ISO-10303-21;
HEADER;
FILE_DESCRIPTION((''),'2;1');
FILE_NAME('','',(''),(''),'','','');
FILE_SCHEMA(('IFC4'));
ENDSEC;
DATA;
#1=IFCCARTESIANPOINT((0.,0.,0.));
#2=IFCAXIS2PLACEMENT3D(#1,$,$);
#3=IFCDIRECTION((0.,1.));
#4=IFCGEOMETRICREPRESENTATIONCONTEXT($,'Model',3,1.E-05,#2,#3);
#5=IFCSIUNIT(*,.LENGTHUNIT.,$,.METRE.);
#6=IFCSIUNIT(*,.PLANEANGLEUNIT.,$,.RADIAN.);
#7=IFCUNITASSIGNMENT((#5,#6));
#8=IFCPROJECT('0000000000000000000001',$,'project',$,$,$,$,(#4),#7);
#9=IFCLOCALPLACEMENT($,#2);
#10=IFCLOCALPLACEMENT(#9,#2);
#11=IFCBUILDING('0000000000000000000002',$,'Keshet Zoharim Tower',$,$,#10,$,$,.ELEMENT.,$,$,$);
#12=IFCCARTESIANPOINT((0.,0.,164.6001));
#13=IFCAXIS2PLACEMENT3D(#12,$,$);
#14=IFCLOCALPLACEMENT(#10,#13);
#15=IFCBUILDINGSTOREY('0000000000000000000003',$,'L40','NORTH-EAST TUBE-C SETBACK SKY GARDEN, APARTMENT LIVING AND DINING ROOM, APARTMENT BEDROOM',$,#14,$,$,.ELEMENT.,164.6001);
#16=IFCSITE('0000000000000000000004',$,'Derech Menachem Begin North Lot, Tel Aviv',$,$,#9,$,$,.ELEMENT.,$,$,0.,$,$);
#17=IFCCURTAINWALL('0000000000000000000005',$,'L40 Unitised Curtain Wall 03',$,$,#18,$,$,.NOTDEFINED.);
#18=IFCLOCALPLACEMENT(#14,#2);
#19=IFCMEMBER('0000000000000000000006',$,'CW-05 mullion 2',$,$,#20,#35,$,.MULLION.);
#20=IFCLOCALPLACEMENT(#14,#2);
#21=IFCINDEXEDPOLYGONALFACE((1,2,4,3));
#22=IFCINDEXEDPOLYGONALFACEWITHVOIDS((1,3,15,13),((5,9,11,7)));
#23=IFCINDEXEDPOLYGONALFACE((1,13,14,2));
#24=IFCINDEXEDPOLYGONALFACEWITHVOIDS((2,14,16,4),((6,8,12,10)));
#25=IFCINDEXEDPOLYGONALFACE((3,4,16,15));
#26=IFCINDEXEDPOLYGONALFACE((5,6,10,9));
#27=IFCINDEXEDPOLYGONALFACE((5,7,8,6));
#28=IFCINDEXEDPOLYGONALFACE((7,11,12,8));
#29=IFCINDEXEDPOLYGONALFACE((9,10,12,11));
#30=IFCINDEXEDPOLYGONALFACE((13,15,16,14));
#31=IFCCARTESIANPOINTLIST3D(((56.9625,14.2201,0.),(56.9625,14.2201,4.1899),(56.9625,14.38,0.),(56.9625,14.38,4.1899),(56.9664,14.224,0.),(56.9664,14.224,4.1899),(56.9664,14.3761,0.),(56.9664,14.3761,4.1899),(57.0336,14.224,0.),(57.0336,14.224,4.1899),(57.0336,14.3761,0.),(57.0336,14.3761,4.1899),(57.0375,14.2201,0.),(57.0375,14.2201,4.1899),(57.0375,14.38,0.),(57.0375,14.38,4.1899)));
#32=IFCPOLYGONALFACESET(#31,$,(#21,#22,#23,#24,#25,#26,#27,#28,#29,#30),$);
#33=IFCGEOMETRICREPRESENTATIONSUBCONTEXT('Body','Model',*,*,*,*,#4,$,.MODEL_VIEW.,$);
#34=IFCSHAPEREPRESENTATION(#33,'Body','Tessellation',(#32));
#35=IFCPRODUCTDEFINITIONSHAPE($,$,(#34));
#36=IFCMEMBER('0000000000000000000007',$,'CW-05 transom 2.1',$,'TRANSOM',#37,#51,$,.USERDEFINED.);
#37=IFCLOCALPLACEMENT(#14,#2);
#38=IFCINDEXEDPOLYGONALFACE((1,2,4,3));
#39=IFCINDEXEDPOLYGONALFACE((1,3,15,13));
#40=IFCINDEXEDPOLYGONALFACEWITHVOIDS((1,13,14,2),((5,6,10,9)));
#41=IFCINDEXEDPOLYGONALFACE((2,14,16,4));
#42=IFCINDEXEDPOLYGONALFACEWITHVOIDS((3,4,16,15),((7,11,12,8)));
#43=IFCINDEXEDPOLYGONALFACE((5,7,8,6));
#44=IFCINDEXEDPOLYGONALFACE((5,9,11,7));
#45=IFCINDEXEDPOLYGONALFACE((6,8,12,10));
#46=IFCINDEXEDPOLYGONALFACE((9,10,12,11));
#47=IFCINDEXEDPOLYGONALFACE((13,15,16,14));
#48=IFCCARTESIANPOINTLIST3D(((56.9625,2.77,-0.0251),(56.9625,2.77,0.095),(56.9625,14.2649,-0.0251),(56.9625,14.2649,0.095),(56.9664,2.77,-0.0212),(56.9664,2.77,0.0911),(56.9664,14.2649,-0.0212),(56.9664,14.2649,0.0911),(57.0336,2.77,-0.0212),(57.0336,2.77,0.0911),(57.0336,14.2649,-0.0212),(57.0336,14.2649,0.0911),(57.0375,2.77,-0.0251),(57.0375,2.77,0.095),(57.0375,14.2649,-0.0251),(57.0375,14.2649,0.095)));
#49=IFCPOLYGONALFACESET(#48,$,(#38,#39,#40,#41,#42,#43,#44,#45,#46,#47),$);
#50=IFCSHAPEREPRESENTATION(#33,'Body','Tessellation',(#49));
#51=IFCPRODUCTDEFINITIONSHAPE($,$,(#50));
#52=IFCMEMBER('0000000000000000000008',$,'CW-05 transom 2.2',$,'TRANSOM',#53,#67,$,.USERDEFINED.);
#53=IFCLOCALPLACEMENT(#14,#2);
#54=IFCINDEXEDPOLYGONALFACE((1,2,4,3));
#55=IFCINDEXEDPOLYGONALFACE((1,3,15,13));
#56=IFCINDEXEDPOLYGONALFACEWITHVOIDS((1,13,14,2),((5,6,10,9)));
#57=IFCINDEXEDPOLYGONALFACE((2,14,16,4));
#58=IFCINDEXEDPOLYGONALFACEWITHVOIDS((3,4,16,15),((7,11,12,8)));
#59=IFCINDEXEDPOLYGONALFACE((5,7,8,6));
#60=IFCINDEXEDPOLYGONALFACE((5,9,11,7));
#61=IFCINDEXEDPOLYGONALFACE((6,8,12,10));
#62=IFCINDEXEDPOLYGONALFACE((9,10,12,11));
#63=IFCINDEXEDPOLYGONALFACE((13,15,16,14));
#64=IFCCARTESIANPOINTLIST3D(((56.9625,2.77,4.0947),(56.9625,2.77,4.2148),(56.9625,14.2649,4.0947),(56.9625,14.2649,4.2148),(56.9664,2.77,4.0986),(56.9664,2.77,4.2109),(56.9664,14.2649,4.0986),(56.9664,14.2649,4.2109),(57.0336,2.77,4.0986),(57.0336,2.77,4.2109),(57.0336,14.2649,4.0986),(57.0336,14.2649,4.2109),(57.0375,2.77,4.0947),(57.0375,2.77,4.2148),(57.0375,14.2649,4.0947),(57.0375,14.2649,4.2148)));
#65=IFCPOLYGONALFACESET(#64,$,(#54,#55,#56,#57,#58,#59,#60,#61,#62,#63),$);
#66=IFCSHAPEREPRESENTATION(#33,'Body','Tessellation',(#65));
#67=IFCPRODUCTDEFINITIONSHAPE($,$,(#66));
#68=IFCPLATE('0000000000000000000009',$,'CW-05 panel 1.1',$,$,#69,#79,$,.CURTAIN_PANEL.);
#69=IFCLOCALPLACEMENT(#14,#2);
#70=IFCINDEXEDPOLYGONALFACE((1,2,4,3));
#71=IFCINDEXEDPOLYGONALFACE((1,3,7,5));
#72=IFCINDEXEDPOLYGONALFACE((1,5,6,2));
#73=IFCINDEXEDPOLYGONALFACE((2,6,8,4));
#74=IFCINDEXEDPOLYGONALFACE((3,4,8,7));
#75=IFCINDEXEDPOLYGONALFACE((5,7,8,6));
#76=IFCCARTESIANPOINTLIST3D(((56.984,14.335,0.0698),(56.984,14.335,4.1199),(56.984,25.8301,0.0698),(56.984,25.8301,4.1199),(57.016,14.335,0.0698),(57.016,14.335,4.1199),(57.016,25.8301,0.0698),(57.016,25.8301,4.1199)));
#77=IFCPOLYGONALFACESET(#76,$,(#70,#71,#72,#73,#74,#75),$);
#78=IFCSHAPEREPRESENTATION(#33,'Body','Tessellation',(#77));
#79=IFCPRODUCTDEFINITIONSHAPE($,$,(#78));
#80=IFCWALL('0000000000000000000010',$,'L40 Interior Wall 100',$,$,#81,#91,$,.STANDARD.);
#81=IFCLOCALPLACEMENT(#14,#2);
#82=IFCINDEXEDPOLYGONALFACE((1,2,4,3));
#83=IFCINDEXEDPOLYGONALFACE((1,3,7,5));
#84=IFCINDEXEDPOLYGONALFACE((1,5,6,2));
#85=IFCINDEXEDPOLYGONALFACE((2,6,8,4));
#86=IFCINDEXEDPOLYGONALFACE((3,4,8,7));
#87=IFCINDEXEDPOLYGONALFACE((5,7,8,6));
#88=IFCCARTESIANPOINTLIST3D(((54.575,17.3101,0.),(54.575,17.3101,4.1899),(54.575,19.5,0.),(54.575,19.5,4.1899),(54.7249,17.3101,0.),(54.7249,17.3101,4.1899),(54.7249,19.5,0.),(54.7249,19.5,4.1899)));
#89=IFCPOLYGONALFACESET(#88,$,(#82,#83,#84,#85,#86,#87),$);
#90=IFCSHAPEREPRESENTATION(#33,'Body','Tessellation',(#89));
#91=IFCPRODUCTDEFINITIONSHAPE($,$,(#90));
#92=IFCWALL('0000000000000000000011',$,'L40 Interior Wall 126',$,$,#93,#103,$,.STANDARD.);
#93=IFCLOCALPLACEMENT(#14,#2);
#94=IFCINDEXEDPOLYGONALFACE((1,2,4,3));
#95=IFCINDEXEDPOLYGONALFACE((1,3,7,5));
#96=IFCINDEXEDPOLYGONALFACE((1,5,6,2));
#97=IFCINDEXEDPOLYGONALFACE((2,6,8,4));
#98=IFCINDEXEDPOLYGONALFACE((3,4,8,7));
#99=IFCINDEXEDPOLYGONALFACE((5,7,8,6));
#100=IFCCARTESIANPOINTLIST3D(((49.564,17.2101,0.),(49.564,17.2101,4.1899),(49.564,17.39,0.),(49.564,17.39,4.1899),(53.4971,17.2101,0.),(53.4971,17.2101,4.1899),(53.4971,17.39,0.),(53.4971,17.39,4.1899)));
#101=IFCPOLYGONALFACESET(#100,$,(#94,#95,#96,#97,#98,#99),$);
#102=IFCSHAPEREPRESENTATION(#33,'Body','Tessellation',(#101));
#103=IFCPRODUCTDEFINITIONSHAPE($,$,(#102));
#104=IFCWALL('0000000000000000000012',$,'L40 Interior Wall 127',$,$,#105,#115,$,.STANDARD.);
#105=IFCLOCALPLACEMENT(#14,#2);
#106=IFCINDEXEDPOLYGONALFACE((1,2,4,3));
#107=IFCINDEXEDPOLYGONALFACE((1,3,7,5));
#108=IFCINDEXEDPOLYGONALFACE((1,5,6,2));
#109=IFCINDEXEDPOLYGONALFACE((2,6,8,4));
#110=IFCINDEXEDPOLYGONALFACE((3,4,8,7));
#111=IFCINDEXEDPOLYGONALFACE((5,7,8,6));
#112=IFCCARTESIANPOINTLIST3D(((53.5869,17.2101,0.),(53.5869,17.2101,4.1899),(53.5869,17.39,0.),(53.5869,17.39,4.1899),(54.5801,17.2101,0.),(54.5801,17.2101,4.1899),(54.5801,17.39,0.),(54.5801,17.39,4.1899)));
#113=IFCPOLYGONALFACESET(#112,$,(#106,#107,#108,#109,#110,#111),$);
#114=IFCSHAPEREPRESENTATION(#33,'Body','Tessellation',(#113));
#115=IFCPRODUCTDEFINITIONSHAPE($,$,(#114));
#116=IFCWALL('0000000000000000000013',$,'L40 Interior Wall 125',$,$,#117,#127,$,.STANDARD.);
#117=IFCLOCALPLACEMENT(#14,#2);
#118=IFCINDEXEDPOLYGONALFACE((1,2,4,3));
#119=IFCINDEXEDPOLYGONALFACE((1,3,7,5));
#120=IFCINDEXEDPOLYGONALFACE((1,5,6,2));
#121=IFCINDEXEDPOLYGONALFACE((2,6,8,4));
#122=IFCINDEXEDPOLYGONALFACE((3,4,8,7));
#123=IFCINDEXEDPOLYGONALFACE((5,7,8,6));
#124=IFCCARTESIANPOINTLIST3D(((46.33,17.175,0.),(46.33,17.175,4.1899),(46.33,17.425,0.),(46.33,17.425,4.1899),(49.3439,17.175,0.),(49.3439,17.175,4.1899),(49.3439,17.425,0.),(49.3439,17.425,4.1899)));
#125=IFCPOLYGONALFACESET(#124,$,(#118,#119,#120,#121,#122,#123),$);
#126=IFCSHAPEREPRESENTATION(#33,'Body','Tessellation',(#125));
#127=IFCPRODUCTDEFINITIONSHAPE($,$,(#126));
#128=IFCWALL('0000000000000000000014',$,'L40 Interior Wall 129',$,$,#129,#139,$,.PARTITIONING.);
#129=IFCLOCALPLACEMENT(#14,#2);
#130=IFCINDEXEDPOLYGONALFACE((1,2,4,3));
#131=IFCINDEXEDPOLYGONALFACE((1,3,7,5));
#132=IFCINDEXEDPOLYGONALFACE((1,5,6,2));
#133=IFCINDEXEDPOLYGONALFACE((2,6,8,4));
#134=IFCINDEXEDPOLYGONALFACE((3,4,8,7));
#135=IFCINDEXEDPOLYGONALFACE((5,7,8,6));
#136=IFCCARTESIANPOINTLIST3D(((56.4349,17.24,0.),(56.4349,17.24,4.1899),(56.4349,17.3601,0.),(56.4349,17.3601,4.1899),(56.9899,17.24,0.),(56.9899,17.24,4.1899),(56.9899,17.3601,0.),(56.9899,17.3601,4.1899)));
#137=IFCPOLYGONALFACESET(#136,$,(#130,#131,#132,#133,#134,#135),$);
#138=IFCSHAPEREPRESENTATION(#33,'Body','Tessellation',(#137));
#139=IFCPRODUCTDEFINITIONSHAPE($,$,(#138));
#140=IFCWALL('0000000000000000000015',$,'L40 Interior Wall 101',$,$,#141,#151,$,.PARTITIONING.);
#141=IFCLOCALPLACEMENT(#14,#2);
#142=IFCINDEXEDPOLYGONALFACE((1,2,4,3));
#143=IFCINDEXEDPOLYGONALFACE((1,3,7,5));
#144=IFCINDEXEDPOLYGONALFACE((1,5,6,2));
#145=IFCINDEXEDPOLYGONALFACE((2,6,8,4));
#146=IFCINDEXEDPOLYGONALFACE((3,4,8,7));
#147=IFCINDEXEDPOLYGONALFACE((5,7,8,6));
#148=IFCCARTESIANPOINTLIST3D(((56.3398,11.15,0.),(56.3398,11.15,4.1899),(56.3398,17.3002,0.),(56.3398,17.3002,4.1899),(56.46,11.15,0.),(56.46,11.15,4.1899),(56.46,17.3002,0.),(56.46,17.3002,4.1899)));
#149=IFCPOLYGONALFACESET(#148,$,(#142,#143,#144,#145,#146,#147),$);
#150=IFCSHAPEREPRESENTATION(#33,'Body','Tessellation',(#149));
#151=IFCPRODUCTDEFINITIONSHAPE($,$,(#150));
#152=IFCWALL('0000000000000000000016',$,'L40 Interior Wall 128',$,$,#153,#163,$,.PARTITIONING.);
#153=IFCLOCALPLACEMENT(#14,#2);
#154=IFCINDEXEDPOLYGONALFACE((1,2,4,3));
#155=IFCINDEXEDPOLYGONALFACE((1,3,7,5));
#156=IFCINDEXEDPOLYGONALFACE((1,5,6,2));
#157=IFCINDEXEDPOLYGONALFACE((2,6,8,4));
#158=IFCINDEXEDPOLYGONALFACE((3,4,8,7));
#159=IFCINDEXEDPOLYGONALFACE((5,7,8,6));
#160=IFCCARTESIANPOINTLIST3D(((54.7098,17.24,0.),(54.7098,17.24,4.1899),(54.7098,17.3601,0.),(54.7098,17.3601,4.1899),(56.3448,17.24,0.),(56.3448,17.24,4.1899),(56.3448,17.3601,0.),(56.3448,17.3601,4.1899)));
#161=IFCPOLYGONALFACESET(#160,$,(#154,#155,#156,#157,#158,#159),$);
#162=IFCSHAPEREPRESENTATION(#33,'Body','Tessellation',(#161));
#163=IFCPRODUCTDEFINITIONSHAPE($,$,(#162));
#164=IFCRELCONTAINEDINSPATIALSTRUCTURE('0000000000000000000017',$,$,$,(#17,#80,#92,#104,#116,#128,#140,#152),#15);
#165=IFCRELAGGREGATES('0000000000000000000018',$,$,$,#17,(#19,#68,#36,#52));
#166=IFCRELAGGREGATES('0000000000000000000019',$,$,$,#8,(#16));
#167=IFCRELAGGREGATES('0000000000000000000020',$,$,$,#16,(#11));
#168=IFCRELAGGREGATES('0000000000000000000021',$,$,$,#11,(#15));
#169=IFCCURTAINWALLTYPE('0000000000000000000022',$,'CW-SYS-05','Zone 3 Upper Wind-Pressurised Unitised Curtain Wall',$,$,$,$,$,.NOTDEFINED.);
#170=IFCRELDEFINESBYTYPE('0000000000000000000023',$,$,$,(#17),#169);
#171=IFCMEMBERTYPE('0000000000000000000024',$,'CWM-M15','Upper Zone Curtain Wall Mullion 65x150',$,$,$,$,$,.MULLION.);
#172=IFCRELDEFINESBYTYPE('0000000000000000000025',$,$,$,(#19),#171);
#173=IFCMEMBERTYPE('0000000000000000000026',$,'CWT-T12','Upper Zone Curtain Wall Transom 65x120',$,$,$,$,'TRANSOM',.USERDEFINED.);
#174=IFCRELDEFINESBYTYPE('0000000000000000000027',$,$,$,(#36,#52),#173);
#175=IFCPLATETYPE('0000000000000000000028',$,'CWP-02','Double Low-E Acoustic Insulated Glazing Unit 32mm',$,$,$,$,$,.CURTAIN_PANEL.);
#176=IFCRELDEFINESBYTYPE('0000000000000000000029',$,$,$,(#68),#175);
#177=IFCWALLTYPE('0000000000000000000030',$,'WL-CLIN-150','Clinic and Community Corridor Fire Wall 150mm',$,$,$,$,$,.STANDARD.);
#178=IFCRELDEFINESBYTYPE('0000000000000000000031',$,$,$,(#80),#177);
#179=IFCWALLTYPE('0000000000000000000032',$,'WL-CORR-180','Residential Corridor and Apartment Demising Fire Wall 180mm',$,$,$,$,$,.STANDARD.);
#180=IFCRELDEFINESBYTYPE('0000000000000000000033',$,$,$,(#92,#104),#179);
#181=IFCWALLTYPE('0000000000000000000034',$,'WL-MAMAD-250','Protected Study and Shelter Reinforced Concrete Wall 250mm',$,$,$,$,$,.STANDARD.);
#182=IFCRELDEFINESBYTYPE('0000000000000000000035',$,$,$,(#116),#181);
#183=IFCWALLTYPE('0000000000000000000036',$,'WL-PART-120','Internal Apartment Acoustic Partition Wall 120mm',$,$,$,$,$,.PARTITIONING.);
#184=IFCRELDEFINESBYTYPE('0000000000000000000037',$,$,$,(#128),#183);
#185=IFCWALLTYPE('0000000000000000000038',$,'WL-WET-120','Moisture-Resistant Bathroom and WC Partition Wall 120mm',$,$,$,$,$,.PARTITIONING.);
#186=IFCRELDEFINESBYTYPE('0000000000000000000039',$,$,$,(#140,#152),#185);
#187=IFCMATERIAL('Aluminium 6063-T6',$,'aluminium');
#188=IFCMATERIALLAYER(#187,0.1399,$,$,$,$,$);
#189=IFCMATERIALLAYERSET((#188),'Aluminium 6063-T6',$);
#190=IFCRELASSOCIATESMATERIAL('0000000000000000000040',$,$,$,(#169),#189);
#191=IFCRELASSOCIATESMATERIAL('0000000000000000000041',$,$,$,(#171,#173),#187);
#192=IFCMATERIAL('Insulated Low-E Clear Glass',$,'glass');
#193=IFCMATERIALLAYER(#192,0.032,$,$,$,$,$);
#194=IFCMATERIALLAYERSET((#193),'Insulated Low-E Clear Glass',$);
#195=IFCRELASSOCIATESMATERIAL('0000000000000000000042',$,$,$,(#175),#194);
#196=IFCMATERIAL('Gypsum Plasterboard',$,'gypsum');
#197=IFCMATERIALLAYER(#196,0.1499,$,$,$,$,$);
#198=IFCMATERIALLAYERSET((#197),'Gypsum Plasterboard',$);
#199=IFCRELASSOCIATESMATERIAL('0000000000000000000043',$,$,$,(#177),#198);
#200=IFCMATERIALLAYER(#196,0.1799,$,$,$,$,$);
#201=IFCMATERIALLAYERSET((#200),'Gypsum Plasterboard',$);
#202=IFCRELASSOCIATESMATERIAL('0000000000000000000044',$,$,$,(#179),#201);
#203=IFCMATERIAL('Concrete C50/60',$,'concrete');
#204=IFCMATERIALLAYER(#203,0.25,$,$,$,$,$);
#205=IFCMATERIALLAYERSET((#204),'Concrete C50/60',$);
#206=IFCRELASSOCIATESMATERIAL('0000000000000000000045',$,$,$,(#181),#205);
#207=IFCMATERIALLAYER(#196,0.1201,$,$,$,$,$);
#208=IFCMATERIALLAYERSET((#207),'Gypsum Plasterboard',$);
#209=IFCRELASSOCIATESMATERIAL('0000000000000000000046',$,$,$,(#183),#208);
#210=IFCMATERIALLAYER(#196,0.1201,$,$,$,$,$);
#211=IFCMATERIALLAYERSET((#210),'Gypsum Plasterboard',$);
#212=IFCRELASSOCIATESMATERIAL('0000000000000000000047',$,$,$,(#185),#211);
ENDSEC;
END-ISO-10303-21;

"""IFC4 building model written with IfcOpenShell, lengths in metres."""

from ifc_helpers import new_model, si_unit, direction, frame, frame_2d, origin, origin_2d, place, context, subcontext, project, spatial, rectangle, hollow_rectangle, extrude, material, layer, layer_set, material_profile, profile_set, type_object, element, aggregate, save


model = new_model("IFC4")

# Units and contexts
model_context = context("Model", 3, precision=1e-05, world=origin(), true_north=direction((0.0, 1.0)))
body_context = subcontext(model_context, "Body", "Model", "MODEL_VIEW")
ifc_project = project(units=[si_unit("LENGTHUNIT", "METRE"), si_unit("PLANEANGLEUNIT", "RADIAN")], contexts=[model_context])

# Site, building, storey
site_placement = place(None, origin())
site = spatial("IfcSite", under=ifc_project, at=site_placement, Name="Derech Menachem Begin North Lot, Tel Aviv", CompositionType="ELEMENT", RefElevation=0.0)
building_placement = place(site_placement, origin())
building = spatial("IfcBuilding", under=site, at=building_placement, Name="Keshet Zoharim Tower", CompositionType="ELEMENT")
storey_placement = place(building_placement, frame((0.0, 0.0, 164.6001)))
storey = spatial("IfcBuildingStorey", under=building, at=storey_placement, Name="L40", Description="NORTH-EAST TUBE-C SETBACK SKY GARDEN, APARTMENT LIVING AND DINING ROOM, APARTMENT BEDROOM", CompositionType="ELEMENT", Elevation=164.6001)

# Curtain wall, members, plate
ifc_material_1 = material(Name="Aluminium 6063-T6", Category="aluminium")
ifc_layer_1 = layer(ifc_material_1, 0.1399)
ifc_layer_set_1 = layer_set([ifc_layer_1], Name="Aluminium 6063-T6")
curtain_wall_type = type_object("IfcCurtainWallType", Name="CW-SYS-05", Description="Zone 3 Upper Wind-Pressurised Unitised Curtain Wall", PredefinedType="NOTDEFINED", material=ifc_layer_set_1)
curtain_wall_placement = place(storey_placement, origin())
curtain_wall = element("IfcCurtainWall", 1, at=curtain_wall_placement, inside=storey, type_object=curtain_wall_type, Name="L40 Unitised Curtain Wall 03", PredefinedType="NOTDEFINED")
ifc_material_profile_1 = material_profile(ifc_material_1, hollow_rectangle(XDim=0.075, YDim=0.1599, WallThickness=0.0039, at=origin_2d()), Name="MUL-75x160")
ifc_profile_set_1 = profile_set([ifc_material_profile_1], Name="Aluminium 6063-T6")
member_type_1 = type_object("IfcMemberType", Name="CWM-M15", Description="Upper Zone Curtain Wall Mullion 65x150", PredefinedType="MULLION", material=ifc_profile_set_1)
member_1_placement = place(storey_placement, frame((57.0, 14.3, 0.0), z_axis=(0.0, 0.0, 1.0), x_axis=(1.0, 0.0, 0.0)))
member_1 = element("IfcMember", 2, at=member_1_placement, type_object=member_type_1, Name="CW-05 mullion 2", PredefinedType="MULLION", context=body_context, shape_type="SweptSolid", body=[
    extrude(hollow_rectangle(XDim=0.075, YDim=0.1599, WallThickness=0.0039, at=origin_2d()), origin(), (0.0, 0.0, 1.0), 4.1899),
])
ifc_material_profile_2 = material_profile(ifc_material_1, hollow_rectangle(XDim=0.075, YDim=0.1201, WallThickness=0.0039, at=origin_2d()), Name="TRN-75x120")
ifc_profile_set_2 = profile_set([ifc_material_profile_2], Name="Aluminium 6063-T6")
member_type_2 = type_object("IfcMemberType", Name="CWT-T12", Description="Upper Zone Curtain Wall Transom 65x120", ElementType="TRANSOM", PredefinedType="USERDEFINED", material=ifc_profile_set_2)
member_2_placement = place(storey_placement, frame((57.0, 14.2649, 0.0349), z_axis=(0.0, -1.0, 0.0), x_axis=(1.0, 0.0, 0.0)))
member_2 = element("IfcMember", 3, at=member_2_placement, type_object=member_type_2, Name="CW-05 transom 2.1", ObjectType="TRANSOM", PredefinedType="USERDEFINED", context=body_context, shape_type="SweptSolid", body=[
    extrude(hollow_rectangle(XDim=0.075, YDim=0.1201, WallThickness=0.0039, at=origin_2d()), origin(), (0.0, 0.0, 1.0), 11.4949),
])
member_3_placement = place(storey_placement, frame((57.0, 14.2649, 4.1548), z_axis=(0.0, -1.0, 0.0), x_axis=(1.0, 0.0, 0.0)))
member_3 = element("IfcMember", 4, at=member_3_placement, type_object=member_type_2, Name="CW-05 transom 2.2", ObjectType="TRANSOM", PredefinedType="USERDEFINED", context=body_context, shape_type="SweptSolid", body=[
    extrude(hollow_rectangle(XDim=0.075, YDim=0.1201, WallThickness=0.0039, at=origin_2d()), origin(), (0.0, 0.0, 1.0), 11.4949),
])
ifc_material_2 = material(Name="Insulated Low-E Clear Glass", Category="glass")
ifc_layer_2 = layer(ifc_material_2, 0.032)
ifc_layer_set_2 = layer_set([ifc_layer_2], Name="Insulated Low-E Clear Glass")
plate_type = type_object("IfcPlateType", Name="CWP-02", Description="Double Low-E Acoustic Insulated Glazing Unit 32mm", PredefinedType="CURTAIN_PANEL", material=ifc_layer_set_2)
plate_placement = place(storey_placement, frame((57.0, 20.0825, 0.0698), z_axis=(0.0, 0.0, 1.0), x_axis=(0.0, -1.0, 0.0)))
plate = element("IfcPlate", 5, at=plate_placement, type_object=plate_type, Name="CW-05 panel 1.1", PredefinedType="CURTAIN_PANEL", context=body_context, shape_type="SweptSolid", body=[
    extrude(rectangle(XDim=11.4951, YDim=0.032, at=origin_2d()), origin(), (0.0, 0.0, 1.0), 4.05),
])
aggregate(curtain_wall, [member_1, plate, member_2, member_3])

# Walls
ifc_material_3 = material(Name="Gypsum Plasterboard", Category="gypsum")
ifc_layer_3 = layer(ifc_material_3, 0.1499)
ifc_layer_set_3 = layer_set([ifc_layer_3], Name="Gypsum Plasterboard")
wall_type_1 = type_object("IfcWallType", Name="WL-CLIN-150", Description="Clinic and Community Corridor Fire Wall 150mm", PredefinedType="STANDARD", material=ifc_layer_set_3)
wall_1_placement = place(storey_placement, frame((54.6499, 17.3101, 0.0), z_axis=(0.0, 0.0, 1.0), x_axis=(0.0, 1.0, 0.0)))
element("IfcWall", 6, at=wall_1_placement, inside=storey, type_object=wall_type_1, Name="L40 Interior Wall 100", PredefinedType="STANDARD", context=body_context, shape_type="SweptSolid", body=[
    extrude(rectangle(XDim=2.1899, YDim=0.1499, at=frame_2d((1.095, 0.0))), origin(), (0.0, 0.0, 1.0), 4.1899),
])
ifc_layer_4 = layer(ifc_material_3, 0.1799)
ifc_layer_set_4 = layer_set([ifc_layer_4], Name="Gypsum Plasterboard")
wall_type_2 = type_object("IfcWallType", Name="WL-CORR-180", Description="Residential Corridor and Apartment Demising Fire Wall 180mm", PredefinedType="STANDARD", material=ifc_layer_set_4)
wall_2_placement = place(storey_placement, frame((49.564, 17.3, 0.0), z_axis=(0.0, 0.0, 1.0), x_axis=(1.0, 0.0, 0.0)))
element("IfcWall", 7, at=wall_2_placement, inside=storey, type_object=wall_type_2, Name="L40 Interior Wall 126", PredefinedType="STANDARD", context=body_context, shape_type="SweptSolid", body=[
    extrude(rectangle(XDim=3.9331, YDim=0.1799, at=frame_2d((1.9666, 0.0))), origin(), (0.0, 0.0, 1.0), 4.1899),
])
wall_3_placement = place(storey_placement, frame((53.5869, 17.3, 0.0), z_axis=(0.0, 0.0, 1.0), x_axis=(1.0, 0.0, 0.0)))
element("IfcWall", 8, at=wall_3_placement, inside=storey, type_object=wall_type_2, Name="L40 Interior Wall 127", PredefinedType="STANDARD", context=body_context, shape_type="SweptSolid", body=[
    extrude(rectangle(XDim=0.9932, YDim=0.1799, at=frame_2d((0.4966, 0.0))), origin(), (0.0, 0.0, 1.0), 4.1899),
])
ifc_material_4 = material(Name="Concrete C50/60", Category="concrete")
ifc_layer_5 = layer(ifc_material_4, 0.25)
ifc_layer_set_5 = layer_set([ifc_layer_5], Name="Concrete C50/60")
wall_type_3 = type_object("IfcWallType", Name="WL-MAMAD-250", Description="Protected Study and Shelter Reinforced Concrete Wall 250mm", PredefinedType="STANDARD", material=ifc_layer_set_5)
wall_4_placement = place(storey_placement, frame((46.3301, 17.3, 0.0), z_axis=(0.0, 0.0, 1.0), x_axis=(1.0, 0.0, 0.0)))
element("IfcWall", 9, at=wall_4_placement, inside=storey, type_object=wall_type_3, Name="L40 Interior Wall 125", PredefinedType="STANDARD", context=body_context, shape_type="SweptSolid", body=[
    extrude(rectangle(XDim=3.0139, YDim=0.25, at=frame_2d((1.5068, 0.0))), origin(), (0.0, 0.0, 1.0), 4.1899),
])
ifc_layer_6 = layer(ifc_material_3, 0.1201)
ifc_layer_set_6 = layer_set([ifc_layer_6], Name="Gypsum Plasterboard")
wall_type_4 = type_object("IfcWallType", Name="WL-PART-120", Description="Internal Apartment Acoustic Partition Wall 120mm", PredefinedType="PARTITIONING", material=ifc_layer_set_6)
wall_5_placement = place(storey_placement, frame((56.4351, 17.3, 0.0), z_axis=(0.0, 0.0, 1.0), x_axis=(1.0, 0.0, 0.0)))
element("IfcWall", 10, at=wall_5_placement, inside=storey, type_object=wall_type_4, Name="L40 Interior Wall 129", PredefinedType="PARTITIONING", context=body_context, shape_type="SweptSolid", body=[
    extrude(rectangle(XDim=0.5549, YDim=0.1201, at=frame_2d((0.2773, 0.0))), origin(), (0.0, 0.0, 1.0), 4.1899),
])
ifc_layer_7 = layer(ifc_material_3, 0.1201)
ifc_layer_set_7 = layer_set([ifc_layer_7], Name="Gypsum Plasterboard")
wall_type_5 = type_object("IfcWallType", Name="WL-WET-120", Description="Moisture-Resistant Bathroom and WC Partition Wall 120mm", PredefinedType="PARTITIONING", material=ifc_layer_set_7)
wall_6_placement = place(storey_placement, frame((56.3999, 11.1499, 0.0), z_axis=(0.0, 0.0, 1.0), x_axis=(0.0, 1.0, 0.0)))
element("IfcWall", 11, at=wall_6_placement, inside=storey, type_object=wall_type_5, Name="L40 Interior Wall 101", PredefinedType="PARTITIONING", context=body_context, shape_type="SweptSolid", body=[
    extrude(rectangle(XDim=6.1501, YDim=0.1201, at=frame_2d((3.0752, 0.0))), origin(), (0.0, 0.0, 1.0), 4.1899),
])
wall_7_placement = place(storey_placement, frame((54.71, 17.3, 0.0), z_axis=(0.0, 0.0, 1.0), x_axis=(1.0, 0.0, 0.0)))
element("IfcWall", 12, at=wall_7_placement, inside=storey, type_object=wall_type_5, Name="L40 Interior Wall 128", PredefinedType="PARTITIONING", context=body_context, shape_type="SweptSolid", body=[
    extrude(rectangle(XDim=1.635, YDim=0.1201, at=frame_2d((0.8174, 0.0))), origin(), (0.0, 0.0, 1.0), 4.1899),
])

save(model, "model.ifc")
